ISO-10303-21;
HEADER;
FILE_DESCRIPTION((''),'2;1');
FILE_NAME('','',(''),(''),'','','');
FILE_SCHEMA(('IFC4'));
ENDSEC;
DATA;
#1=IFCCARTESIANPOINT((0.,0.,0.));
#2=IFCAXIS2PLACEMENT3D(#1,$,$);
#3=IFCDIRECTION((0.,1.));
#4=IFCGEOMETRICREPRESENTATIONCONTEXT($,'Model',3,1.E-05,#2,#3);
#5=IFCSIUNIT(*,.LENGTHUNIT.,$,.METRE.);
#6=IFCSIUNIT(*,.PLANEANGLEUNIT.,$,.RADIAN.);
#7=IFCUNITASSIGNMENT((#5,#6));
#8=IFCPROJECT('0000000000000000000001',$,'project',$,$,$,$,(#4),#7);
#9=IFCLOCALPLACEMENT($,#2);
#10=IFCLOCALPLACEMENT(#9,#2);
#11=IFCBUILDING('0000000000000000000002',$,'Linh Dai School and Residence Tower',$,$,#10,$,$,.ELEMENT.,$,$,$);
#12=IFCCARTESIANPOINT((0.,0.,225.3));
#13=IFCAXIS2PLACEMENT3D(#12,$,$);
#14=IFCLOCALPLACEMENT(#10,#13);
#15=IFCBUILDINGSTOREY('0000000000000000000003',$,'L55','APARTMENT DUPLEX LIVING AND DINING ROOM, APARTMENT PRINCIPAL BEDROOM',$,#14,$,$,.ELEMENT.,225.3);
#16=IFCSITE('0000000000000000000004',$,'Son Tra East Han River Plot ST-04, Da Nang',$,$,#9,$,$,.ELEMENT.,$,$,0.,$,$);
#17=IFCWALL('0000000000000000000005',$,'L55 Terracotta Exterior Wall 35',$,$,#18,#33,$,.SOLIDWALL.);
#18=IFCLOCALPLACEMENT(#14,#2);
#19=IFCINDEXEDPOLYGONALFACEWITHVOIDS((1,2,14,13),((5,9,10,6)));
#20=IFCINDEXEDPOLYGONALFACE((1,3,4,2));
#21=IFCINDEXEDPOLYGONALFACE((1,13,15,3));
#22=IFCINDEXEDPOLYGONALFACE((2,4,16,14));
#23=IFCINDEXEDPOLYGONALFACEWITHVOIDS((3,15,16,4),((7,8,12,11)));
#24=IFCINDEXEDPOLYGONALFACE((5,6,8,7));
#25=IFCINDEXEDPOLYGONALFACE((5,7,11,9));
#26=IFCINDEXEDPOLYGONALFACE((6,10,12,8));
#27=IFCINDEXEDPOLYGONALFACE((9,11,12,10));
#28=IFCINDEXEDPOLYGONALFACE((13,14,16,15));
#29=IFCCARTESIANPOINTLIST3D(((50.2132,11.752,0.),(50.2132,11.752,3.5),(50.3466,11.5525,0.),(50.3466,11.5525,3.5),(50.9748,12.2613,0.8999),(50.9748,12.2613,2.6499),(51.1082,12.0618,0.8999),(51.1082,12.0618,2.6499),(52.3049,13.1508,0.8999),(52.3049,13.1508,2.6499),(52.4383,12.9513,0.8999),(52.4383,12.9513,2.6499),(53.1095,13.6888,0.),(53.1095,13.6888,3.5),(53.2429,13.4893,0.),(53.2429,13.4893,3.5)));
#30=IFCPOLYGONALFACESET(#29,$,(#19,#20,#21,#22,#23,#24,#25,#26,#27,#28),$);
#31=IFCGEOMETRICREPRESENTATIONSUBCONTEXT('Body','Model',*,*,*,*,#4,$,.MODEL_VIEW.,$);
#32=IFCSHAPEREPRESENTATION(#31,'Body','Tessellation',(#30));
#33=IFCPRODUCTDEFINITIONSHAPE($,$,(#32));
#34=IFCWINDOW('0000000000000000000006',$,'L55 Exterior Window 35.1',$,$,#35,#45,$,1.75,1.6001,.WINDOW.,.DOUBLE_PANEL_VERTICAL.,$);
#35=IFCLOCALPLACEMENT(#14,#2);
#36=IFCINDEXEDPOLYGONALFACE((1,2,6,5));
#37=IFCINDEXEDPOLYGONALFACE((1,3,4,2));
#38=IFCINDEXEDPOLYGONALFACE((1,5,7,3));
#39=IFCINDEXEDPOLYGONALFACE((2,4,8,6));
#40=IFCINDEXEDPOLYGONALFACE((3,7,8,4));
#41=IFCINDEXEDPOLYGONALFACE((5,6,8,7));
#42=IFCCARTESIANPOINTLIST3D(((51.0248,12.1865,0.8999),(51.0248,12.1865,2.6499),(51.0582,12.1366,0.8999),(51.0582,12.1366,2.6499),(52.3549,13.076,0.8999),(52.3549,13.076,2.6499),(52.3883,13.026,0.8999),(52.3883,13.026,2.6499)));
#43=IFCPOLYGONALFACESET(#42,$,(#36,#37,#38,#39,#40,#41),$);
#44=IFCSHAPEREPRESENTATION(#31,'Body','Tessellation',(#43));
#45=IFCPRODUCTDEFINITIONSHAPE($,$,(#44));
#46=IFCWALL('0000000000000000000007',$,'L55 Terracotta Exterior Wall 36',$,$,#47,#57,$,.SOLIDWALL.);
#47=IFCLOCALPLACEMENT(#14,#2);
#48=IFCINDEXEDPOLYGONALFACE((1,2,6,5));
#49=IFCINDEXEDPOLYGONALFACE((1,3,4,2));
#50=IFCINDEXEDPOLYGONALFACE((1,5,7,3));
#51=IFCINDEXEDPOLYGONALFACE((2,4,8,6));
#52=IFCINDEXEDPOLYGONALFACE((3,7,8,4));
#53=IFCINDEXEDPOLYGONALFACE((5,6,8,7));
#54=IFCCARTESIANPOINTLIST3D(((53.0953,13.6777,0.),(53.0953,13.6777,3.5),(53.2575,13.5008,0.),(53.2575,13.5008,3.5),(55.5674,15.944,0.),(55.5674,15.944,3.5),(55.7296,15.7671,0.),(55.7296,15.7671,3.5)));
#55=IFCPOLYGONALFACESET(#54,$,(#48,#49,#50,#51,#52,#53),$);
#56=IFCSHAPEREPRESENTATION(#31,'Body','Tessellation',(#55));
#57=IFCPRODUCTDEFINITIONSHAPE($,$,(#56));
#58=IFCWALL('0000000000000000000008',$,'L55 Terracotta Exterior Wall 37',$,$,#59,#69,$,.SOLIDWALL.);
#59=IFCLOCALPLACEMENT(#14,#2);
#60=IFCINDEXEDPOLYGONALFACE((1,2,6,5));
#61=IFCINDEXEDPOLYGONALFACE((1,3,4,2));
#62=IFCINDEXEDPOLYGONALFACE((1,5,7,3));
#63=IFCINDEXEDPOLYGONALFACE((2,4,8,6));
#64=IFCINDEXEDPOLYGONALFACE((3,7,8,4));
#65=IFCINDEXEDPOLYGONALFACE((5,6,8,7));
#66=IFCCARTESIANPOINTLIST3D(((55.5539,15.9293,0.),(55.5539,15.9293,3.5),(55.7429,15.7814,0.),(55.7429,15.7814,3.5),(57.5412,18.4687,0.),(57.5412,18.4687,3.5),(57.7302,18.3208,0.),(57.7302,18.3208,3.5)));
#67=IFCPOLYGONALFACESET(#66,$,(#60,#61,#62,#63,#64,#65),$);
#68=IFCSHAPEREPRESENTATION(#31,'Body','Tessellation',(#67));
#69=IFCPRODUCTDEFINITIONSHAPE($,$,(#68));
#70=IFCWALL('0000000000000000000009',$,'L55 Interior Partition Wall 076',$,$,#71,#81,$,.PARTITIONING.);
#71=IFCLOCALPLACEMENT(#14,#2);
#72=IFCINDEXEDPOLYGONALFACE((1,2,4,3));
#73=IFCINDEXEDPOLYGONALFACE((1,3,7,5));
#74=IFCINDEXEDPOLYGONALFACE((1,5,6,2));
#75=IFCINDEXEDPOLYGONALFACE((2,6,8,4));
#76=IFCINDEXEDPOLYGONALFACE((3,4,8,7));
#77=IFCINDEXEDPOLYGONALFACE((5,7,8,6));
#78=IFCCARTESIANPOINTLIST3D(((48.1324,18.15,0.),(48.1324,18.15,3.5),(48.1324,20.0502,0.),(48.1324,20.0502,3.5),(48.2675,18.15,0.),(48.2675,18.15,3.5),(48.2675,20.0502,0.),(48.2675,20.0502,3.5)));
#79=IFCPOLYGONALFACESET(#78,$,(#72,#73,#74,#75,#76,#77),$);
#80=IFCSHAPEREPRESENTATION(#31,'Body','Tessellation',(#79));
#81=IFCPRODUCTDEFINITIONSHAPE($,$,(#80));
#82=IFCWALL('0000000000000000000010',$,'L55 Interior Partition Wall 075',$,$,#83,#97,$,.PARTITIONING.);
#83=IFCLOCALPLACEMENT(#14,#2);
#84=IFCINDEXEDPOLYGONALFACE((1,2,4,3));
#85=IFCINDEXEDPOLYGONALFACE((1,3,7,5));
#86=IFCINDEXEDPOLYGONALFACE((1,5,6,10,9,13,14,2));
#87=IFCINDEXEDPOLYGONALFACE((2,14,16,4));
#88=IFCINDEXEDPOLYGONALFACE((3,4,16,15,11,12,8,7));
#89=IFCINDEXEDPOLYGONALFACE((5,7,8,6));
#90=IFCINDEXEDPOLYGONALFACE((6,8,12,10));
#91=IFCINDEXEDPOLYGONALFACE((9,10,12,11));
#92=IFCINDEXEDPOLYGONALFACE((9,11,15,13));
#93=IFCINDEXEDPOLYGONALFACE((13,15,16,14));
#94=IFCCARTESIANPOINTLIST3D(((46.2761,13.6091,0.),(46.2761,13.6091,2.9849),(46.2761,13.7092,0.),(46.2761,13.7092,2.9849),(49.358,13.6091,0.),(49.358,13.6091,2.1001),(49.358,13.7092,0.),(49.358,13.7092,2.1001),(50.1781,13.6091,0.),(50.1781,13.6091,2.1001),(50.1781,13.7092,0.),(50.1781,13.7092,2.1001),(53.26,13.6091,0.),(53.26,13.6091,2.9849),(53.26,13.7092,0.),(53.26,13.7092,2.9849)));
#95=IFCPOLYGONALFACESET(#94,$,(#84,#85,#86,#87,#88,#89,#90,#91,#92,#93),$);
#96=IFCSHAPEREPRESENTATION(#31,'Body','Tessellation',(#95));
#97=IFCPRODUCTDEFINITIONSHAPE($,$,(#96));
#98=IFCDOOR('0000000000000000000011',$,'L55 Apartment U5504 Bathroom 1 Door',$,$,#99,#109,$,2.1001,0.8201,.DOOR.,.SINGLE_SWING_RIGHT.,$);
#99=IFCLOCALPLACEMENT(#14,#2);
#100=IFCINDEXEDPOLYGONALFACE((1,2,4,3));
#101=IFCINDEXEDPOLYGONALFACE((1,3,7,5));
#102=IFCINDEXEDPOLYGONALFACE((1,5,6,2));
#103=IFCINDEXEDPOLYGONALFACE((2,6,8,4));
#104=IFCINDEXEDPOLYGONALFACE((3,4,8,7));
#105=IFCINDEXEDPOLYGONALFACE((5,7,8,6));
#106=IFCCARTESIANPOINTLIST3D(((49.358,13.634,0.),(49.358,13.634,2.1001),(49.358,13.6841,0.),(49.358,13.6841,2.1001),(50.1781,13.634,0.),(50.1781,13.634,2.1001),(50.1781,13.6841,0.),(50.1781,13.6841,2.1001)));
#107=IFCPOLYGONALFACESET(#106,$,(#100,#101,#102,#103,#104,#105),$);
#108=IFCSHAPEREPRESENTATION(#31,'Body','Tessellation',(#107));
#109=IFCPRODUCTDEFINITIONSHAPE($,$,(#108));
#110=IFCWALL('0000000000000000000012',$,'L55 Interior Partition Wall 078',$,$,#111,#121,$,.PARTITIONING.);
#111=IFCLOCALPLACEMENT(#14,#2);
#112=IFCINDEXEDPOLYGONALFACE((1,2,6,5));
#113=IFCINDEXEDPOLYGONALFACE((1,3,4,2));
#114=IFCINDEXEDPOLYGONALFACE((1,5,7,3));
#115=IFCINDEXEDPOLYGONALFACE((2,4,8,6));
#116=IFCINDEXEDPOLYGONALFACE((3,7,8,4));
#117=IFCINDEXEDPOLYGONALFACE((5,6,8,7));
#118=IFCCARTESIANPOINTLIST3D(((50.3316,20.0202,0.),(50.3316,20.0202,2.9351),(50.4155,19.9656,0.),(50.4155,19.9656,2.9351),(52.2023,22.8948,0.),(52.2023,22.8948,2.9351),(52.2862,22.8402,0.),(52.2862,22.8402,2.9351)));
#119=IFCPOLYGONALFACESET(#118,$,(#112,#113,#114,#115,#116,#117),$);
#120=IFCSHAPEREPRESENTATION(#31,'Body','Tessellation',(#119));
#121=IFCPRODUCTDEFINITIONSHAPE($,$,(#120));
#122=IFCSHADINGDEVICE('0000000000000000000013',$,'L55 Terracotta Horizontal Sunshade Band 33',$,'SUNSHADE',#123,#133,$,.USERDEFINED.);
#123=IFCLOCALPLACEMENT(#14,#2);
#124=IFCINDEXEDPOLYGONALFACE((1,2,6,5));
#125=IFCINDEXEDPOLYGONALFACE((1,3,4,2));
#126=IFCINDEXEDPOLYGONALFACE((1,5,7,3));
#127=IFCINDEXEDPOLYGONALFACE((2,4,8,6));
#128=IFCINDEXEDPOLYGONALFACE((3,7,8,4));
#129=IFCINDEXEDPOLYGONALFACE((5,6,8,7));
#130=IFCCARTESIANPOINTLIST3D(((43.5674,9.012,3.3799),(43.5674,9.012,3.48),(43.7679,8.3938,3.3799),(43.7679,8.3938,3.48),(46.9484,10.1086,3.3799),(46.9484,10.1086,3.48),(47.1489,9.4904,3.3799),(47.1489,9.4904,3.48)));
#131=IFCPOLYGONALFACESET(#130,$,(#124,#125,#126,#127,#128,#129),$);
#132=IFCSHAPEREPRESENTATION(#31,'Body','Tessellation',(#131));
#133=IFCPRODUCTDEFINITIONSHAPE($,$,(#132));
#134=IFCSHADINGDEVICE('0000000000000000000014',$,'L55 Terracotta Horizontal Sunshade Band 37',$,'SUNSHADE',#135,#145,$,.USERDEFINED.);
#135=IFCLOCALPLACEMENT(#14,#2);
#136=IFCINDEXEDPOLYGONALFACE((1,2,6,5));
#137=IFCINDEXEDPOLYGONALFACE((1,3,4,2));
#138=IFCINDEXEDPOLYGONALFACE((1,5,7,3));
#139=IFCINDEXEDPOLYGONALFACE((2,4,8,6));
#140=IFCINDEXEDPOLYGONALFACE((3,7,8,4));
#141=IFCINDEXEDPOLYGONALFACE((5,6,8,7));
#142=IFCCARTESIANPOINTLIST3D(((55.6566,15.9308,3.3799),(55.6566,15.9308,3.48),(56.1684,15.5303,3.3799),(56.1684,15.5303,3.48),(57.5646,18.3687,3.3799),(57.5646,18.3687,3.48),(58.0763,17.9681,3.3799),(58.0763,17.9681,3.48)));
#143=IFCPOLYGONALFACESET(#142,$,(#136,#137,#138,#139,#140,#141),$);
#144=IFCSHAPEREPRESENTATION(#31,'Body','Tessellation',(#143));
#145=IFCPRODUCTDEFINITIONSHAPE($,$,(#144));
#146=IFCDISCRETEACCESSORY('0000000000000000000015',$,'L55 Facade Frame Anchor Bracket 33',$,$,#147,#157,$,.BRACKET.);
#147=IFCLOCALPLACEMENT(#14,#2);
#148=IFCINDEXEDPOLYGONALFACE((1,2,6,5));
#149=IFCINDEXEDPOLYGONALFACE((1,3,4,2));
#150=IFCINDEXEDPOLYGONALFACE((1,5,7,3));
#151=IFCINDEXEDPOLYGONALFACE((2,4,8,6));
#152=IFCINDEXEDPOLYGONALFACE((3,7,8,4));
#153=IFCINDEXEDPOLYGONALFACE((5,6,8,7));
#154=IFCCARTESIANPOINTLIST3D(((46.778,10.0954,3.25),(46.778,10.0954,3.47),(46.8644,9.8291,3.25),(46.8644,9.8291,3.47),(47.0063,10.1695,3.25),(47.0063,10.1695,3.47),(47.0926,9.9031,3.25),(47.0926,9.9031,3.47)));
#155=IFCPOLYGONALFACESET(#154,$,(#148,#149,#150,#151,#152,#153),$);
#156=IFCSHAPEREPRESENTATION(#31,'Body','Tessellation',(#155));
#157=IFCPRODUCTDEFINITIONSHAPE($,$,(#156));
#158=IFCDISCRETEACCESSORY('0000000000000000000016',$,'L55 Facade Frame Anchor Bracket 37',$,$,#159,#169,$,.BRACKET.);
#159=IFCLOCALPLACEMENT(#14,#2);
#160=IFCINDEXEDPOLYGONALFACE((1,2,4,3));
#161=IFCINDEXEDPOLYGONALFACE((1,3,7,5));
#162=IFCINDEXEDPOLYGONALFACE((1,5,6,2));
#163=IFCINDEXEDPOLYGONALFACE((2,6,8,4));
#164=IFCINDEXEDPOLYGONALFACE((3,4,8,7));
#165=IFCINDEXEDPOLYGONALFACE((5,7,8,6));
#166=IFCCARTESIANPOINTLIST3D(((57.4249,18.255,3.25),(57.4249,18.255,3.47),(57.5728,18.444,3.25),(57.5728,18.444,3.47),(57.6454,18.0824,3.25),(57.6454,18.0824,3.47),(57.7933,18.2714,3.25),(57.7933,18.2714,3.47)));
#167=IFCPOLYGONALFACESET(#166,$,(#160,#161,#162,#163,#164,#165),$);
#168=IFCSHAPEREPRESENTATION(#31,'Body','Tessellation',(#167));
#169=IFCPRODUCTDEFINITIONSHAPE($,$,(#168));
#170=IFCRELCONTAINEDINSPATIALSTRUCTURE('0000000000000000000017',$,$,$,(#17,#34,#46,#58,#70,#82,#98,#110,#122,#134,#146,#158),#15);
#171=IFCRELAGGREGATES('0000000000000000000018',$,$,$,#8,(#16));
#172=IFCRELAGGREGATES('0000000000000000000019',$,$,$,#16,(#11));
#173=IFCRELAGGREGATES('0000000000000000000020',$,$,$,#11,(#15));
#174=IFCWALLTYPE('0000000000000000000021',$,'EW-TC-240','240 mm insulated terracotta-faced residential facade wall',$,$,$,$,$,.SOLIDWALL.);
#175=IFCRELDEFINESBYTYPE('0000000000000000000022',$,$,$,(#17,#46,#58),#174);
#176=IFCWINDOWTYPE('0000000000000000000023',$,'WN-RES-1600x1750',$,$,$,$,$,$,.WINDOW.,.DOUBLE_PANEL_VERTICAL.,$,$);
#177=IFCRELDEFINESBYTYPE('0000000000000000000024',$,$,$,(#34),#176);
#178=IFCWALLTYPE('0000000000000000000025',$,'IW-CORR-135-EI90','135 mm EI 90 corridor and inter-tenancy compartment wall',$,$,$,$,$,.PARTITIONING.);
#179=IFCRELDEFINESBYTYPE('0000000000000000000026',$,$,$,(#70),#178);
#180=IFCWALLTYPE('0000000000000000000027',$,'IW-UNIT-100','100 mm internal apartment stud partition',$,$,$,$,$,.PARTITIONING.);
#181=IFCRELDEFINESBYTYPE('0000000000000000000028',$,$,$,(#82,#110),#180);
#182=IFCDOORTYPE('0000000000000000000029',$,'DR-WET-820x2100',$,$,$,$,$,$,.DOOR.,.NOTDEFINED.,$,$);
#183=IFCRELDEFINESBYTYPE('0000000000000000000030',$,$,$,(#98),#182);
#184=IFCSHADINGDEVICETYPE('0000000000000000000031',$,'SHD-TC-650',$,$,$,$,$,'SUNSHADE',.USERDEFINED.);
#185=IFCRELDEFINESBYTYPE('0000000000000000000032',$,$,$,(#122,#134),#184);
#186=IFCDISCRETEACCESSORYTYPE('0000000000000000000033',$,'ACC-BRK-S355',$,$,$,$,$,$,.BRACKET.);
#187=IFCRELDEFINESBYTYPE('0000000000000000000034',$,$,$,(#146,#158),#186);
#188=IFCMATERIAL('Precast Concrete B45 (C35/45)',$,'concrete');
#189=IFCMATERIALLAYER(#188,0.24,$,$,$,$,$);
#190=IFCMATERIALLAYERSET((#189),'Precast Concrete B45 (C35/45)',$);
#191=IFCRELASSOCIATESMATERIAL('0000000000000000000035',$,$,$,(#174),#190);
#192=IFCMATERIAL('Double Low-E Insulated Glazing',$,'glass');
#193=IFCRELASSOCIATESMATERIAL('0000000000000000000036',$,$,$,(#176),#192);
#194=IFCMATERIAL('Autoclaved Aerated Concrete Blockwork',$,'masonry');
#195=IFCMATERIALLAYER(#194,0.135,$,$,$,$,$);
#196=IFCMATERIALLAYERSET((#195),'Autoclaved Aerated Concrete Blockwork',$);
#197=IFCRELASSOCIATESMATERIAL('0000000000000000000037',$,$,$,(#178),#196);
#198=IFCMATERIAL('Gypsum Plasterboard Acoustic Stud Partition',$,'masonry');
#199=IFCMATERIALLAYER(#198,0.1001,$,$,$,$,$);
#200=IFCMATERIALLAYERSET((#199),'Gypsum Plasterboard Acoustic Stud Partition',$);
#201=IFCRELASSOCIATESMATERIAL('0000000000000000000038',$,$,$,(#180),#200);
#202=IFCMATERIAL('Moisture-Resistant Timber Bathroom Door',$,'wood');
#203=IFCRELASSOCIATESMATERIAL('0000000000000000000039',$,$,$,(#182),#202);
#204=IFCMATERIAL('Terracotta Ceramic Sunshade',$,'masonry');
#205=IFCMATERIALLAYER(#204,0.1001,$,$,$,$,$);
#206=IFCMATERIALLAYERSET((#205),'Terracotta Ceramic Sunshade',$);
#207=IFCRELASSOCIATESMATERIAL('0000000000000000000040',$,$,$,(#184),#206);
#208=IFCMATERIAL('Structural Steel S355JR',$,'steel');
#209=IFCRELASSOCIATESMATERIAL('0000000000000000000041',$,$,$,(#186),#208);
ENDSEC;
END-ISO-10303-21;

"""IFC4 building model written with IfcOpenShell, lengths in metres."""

from ifc_helpers import new_model, si_unit, direction, frame, frame_2d, origin, origin_2d, place, context, subcontext, project, spatial, rectangle, extrude, source, transform, mapped, material, layer, layer_set, type_object, element, fill, save


model = new_model("IFC4")

# Units and contexts
model_context = context("Model", 3, precision=1e-05, world=origin(), true_north=direction((0.0, 1.0)))
body_context = subcontext(model_context, "Body", "Model", "MODEL_VIEW")
ifc_project = project(units=[si_unit("LENGTHUNIT", "METRE"), si_unit("PLANEANGLEUNIT", "RADIAN")], contexts=[model_context])

# Site, building, storey
site_placement = place(None, origin())
site = spatial("IfcSite", under=ifc_project, at=site_placement, Name="Son Tra East Han River Plot ST-04, Da Nang", CompositionType="ELEMENT", RefElevation=0.0)
building_placement = place(site_placement, origin())
building = spatial("IfcBuilding", under=site, at=building_placement, Name="Linh Dai School and Residence Tower", CompositionType="ELEMENT")
storey_placement = place(building_placement, frame((0.0, 0.0, 225.3)))
storey = spatial("IfcBuildingStorey", under=building, at=storey_placement, Name="L55", Description="APARTMENT DUPLEX LIVING AND DINING ROOM, APARTMENT PRINCIPAL BEDROOM", CompositionType="ELEMENT", Elevation=225.3)

# Shared definitions
ifc_material_1 = material(Name="Structural Steel S355JR", Category="steel")

# Shared definitions
ifc_material_2 = material(Name="Precast Concrete B45 (C35/45)", Category="concrete")

# Shared definitions
ifc_layer_1 = layer(ifc_material_2, 0.24)
ifc_layer_set_1 = layer_set([ifc_layer_1], Name="Precast Concrete B45 (C35/45)")
wall_type_1 = type_object("IfcWallType", Name="EW-TC-240", Description="240 mm insulated terracotta-faced residential facade wall", PredefinedType="SOLIDWALL", material=ifc_layer_set_1)

# Wall, opening, window
wall_1_placement = place(storey_placement, frame((53.1763, 13.5891, 0.0), z_axis=(0.0, 0.0, 1.0), x_axis=(-0.831262, -0.55588, 0.0)))
wall_1 = element("IfcWall", 1, at=wall_1_placement, inside=storey, type_object=wall_type_1, Name="L55 Terracotta Exterior Wall 35", PredefinedType="SOLIDWALL", context=body_context, shape_type="SweptSolid", body=[
    extrude(rectangle(XDim=3.4841, YDim=0.24, at=frame_2d((1.7422, 0.0))), origin(), (0.0, 0.0, 1.0), 3.5),
])
opening_1_placement = place(wall_1_placement, frame((0.968, 0.0, 0.8999)))
opening_1 = element("IfcOpeningElement", 2, at=opening_1_placement, cuts=wall_1, PredefinedType="OPENING", context=body_context, shape_type="SweptSolid", body=[
    extrude(rectangle(XDim=1.6001, YDim=1.75, at=origin_2d()), frame((0.8, 0.1299, 0.875), z_axis=(0.0, -1.0, 0.0), x_axis=(1.0, 0.0, 0.0)), (0.0, 0.0, 1.0), 0.26),
])
ifc_material_3 = material(Name="Double Low-E Insulated Glazing", Category="glass")
window_type = type_object("IfcWindowType", Name="WN-RES-1600x1750", PartitioningType="DOUBLE_PANEL_VERTICAL", PredefinedType="WINDOW", material=ifc_material_3)
shared_shape_1 = source(origin(), body_context, "Body", "SweptSolid", [
    extrude(rectangle(XDim=1.6001, YDim=1.75, at=origin_2d()), frame((0.8, 0.03, 0.875), z_axis=(0.0, -1.0, 0.0), x_axis=(1.0, 0.0, 0.0)), (0.0, 0.0, 1.0), 0.0601),
])
window_placement = place(opening_1_placement, origin())
window = element("IfcWindow", 3, at=window_placement, inside=storey, type_object=window_type, Name="L55 Exterior Window 35.1", OverallHeight=1.75, OverallWidth=1.6001, PartitioningType="DOUBLE_PANEL_VERTICAL", PredefinedType="WINDOW", context=body_context, shape_type="MappedRepresentation", body=[
    mapped(shared_shape_1, transform((0.0, 0.0, 0.0), x_axis=(1.0, 0.0, 0.0), y_axis=(0.0, 1.0, 0.0), z_axis=(0.0, 0.0, 1.0), scale=1.0)),
])
fill(opening_1, window)

# Walls
wall_2_placement = place(storey_placement, frame((55.6484, 15.8555, 0.0), z_axis=(0.0, 0.0, 1.0), x_axis=(-0.737124, -0.675758, 0.0)))
element("IfcWall", 4, at=wall_2_placement, inside=storey, type_object=wall_type_1, Name="L55 Terracotta Exterior Wall 36", PredefinedType="SOLIDWALL", context=body_context, shape_type="SweptSolid", body=[
    extrude(rectangle(XDim=3.3538, YDim=0.24, at=frame_2d((1.6768, 0.0))), origin(), (0.0, 0.0, 1.0), 3.5),
])
wall_3_placement = place(storey_placement, frame((57.6357, 18.3948, 0.0), z_axis=(0.0, 0.0, 1.0), x_axis=(-0.616312, -0.787502, 0.0)))
element("IfcWall", 5, at=wall_3_placement, inside=storey, type_object=wall_type_1, Name="L55 Terracotta Exterior Wall 37", PredefinedType="SOLIDWALL", context=body_context, shape_type="SweptSolid", body=[
    extrude(rectangle(XDim=3.2246, YDim=0.24, at=frame_2d((1.6123, 0.0))), origin(), (0.0, 0.0, 1.0), 3.5),
])
ifc_material_4 = material(Name="Autoclaved Aerated Concrete Blockwork", Category="masonry")
ifc_layer_2 = layer(ifc_material_4, 0.135)
ifc_layer_set_2 = layer_set([ifc_layer_2], Name="Autoclaved Aerated Concrete Blockwork")
wall_type_2 = type_object("IfcWallType", Name="IW-CORR-135-EI90", Description="135 mm EI 90 corridor and inter-tenancy compartment wall", PredefinedType="PARTITIONING", material=ifc_layer_set_2)
wall_4_placement = place(storey_placement, frame((48.2, 18.1499, 0.0), z_axis=(0.0, 0.0, 1.0), x_axis=(0.0, 1.0, 0.0)))
element("IfcWall", 6, at=wall_4_placement, inside=storey, type_object=wall_type_2, Name="L55 Interior Partition Wall 076", PredefinedType="PARTITIONING", context=body_context, shape_type="SweptSolid", body=[
    extrude(rectangle(XDim=1.9001, YDim=0.135, at=frame_2d((0.9502, 0.0))), origin(), (0.0, 0.0, 1.0), 3.5),
])

# Wall, opening, door
ifc_material_5 = material(Name="Gypsum Plasterboard Acoustic Stud Partition", Category="masonry")
ifc_layer_3 = layer(ifc_material_5, 0.1001)
ifc_layer_set_3 = layer_set([ifc_layer_3], Name="Gypsum Plasterboard Acoustic Stud Partition")
wall_type_3 = type_object("IfcWallType", Name="IW-UNIT-100", Description="100 mm internal apartment stud partition", PredefinedType="PARTITIONING", material=ifc_layer_set_3)
wall_5_placement = place(storey_placement, frame((46.2761, 13.6592, 0.0), z_axis=(0.0, 0.0, 1.0), x_axis=(1.0, 0.0, 0.0)))
wall_5 = element("IfcWall", 7, at=wall_5_placement, inside=storey, type_object=wall_type_3, Name="L55 Interior Partition Wall 075", PredefinedType="PARTITIONING", context=body_context, shape_type="SweptSolid", body=[
    extrude(rectangle(XDim=6.9839, YDim=0.1001, at=frame_2d((3.4919, 0.0))), origin(), (0.0, 0.0, 1.0), 2.9849),
])
opening_2_placement = place(wall_5_placement, frame((3.0818, 0.0, 0.0)))
opening_2 = element("IfcOpeningElement", 8, at=opening_2_placement, cuts=wall_5, PredefinedType="OPENING", context=body_context, shape_type="SweptSolid", body=[
    extrude(rectangle(XDim=0.8201, YDim=2.1001, at=origin_2d()), frame((0.4102, 0.0601, 1.05), z_axis=(0.0, -1.0, 0.0), x_axis=(1.0, 0.0, 0.0)), (0.0, 0.0, 1.0), 0.1201),
])
ifc_material_6 = material(Name="Moisture-Resistant Timber Bathroom Door", Category="wood")
door_type_1 = type_object("IfcDoorType", Name="DR-WET-820x2100", OperationType="NOTDEFINED", PredefinedType="DOOR", material=ifc_material_6)
shared_shape_2 = source(origin(), body_context, "Body", "SweptSolid", [
    extrude(rectangle(XDim=0.8201, YDim=2.1001, at=origin_2d()), frame((0.4102, 0.0249, 1.05), z_axis=(0.0, -1.0, 0.0), x_axis=(1.0, 0.0, 0.0)), (0.0, 0.0, 1.0), 0.05),
])
door_1_placement = place(opening_2_placement, origin())
door_1 = element("IfcDoor", 9, at=door_1_placement, inside=storey, type_object=door_type_1, Name="L55 Apartment U5504 Bathroom 1 Door", OperationType="SINGLE_SWING_RIGHT", OverallHeight=2.1001, OverallWidth=0.8201, PredefinedType="DOOR", context=body_context, shape_type="MappedRepresentation", body=[
    mapped(shared_shape_2, transform((0.0, 0.0, 0.0), x_axis=(1.0, 0.0, 0.0), y_axis=(0.0, 1.0, 0.0), z_axis=(0.0, 0.0, 1.0), scale=1.0)),
])
fill(opening_2, door_1)

# Wall
wall_6_placement = place(storey_placement, frame((50.3735, 19.9929, 0.0), z_axis=(0.0, 0.0, 1.0), x_axis=(0.545434, 0.838154, 0.0)))
element("IfcWall", 10, at=wall_6_placement, inside=storey, type_object=wall_type_3, Name="L55 Interior Partition Wall 078", PredefinedType="PARTITIONING", context=body_context, shape_type="SweptSolid", body=[
    extrude(rectangle(XDim=3.4297, YDim=0.1001, at=frame_2d((1.7148, 0.0))), origin(), (0.0, 0.0, 1.0), 2.9351),
])

# Shading devices
ifc_material_7 = material(Name="Terracotta Ceramic Sunshade", Category="masonry")
ifc_layer_4 = layer(ifc_material_7, 0.1001)
ifc_layer_set_4 = layer_set([ifc_layer_4], Name="Terracotta Ceramic Sunshade")
shading_device_type = type_object("IfcShadingDeviceType", Name="SHD-TC-650", ElementType="SUNSHADE", PredefinedType="USERDEFINED", material=ifc_layer_set_4)
shared_shape_3 = source(origin(), body_context, "Body", "SweptSolid", [
    extrude(rectangle(XDim=3.5544, YDim=0.6499, at=origin_2d()), origin(), (0.0, 0.0, 1.0), 0.1001),
])
shading_device_1_placement = place(storey_placement, frame((45.3582, 9.2512, 3.3799), z_axis=(0.0, 0.0, 1.0), x_axis=(-0.951224, -0.308501, 0.0)))
element("IfcShadingDevice", 11, at=shading_device_1_placement, inside=storey, type_object=shading_device_type, Name="L55 Terracotta Horizontal Sunshade Band 33", ObjectType="SUNSHADE", PredefinedType="USERDEFINED", context=body_context, shape_type="MappedRepresentation", body=[
    mapped(shared_shape_3, transform((0.0, 0.0, 0.0), x_axis=(1.0, 0.0, 0.0), y_axis=(0.0, 1.0, 0.0), z_axis=(0.0, 0.0, 1.0), scale=1.0)),
])
shared_shape_4 = source(origin(), body_context, "Body", "SweptSolid", [
    extrude(rectangle(XDim=3.0957, YDim=0.6499, at=origin_2d()), origin(), (0.0, 0.0, 1.0), 0.1001),
])
shading_device_2_placement = place(storey_placement, frame((56.8665, 16.9495, 3.3799), z_axis=(0.0, 0.0, 1.0), x_axis=(-0.616334, -0.787485, 0.0)))
element("IfcShadingDevice", 12, at=shading_device_2_placement, inside=storey, type_object=shading_device_type, Name="L55 Terracotta Horizontal Sunshade Band 37", ObjectType="SUNSHADE", PredefinedType="USERDEFINED", context=body_context, shape_type="MappedRepresentation", body=[
    mapped(shared_shape_4, transform((0.0, 0.0, 0.0), x_axis=(1.0, 0.0, 0.0), y_axis=(0.0, 1.0, 0.0), z_axis=(0.0, 0.0, 1.0), scale=1.0)),
])

# Discrete accessories
discrete_accessory_type = type_object("IfcDiscreteAccessoryType", Name="ACC-BRK-S355", PredefinedType="BRACKET", material=ifc_material_1)
shared_shape_5 = source(origin(), body_context, "Body", "SweptSolid", [
    extrude(rectangle(XDim=0.28, YDim=0.24, at=origin_2d()), origin(), (0.0, 0.0, 1.0), 0.22),
])
for number, where, z_axis, x_axis, name in (
    (13, (46.9353, 9.9993, 3.25), (0.0, 0.0, 1.0), (0.308501, -0.951224, 0.0), "L55 Facade Frame Anchor Bracket 33"),
    (14, (57.6091, 18.2632, 3.25), (0.0, 0.0, 1.0), (0.787485, -0.616334, 0.0), "L55 Facade Frame Anchor Bracket 37"),
):
    element("IfcDiscreteAccessory", number, at=place(storey_placement, frame(where, z_axis=z_axis, x_axis=x_axis)), inside=storey, type_object=discrete_accessory_type, Name=name, PredefinedType="BRACKET", context=body_context, shape_type="MappedRepresentation", body=[
        mapped(shared_shape_5, transform((0.0, 0.0, 0.0), x_axis=(1.0, 0.0, 0.0), y_axis=(0.0, 1.0, 0.0), z_axis=(0.0, 0.0, 1.0), scale=1.0)),
    ])

save(model, "model.ifc")
